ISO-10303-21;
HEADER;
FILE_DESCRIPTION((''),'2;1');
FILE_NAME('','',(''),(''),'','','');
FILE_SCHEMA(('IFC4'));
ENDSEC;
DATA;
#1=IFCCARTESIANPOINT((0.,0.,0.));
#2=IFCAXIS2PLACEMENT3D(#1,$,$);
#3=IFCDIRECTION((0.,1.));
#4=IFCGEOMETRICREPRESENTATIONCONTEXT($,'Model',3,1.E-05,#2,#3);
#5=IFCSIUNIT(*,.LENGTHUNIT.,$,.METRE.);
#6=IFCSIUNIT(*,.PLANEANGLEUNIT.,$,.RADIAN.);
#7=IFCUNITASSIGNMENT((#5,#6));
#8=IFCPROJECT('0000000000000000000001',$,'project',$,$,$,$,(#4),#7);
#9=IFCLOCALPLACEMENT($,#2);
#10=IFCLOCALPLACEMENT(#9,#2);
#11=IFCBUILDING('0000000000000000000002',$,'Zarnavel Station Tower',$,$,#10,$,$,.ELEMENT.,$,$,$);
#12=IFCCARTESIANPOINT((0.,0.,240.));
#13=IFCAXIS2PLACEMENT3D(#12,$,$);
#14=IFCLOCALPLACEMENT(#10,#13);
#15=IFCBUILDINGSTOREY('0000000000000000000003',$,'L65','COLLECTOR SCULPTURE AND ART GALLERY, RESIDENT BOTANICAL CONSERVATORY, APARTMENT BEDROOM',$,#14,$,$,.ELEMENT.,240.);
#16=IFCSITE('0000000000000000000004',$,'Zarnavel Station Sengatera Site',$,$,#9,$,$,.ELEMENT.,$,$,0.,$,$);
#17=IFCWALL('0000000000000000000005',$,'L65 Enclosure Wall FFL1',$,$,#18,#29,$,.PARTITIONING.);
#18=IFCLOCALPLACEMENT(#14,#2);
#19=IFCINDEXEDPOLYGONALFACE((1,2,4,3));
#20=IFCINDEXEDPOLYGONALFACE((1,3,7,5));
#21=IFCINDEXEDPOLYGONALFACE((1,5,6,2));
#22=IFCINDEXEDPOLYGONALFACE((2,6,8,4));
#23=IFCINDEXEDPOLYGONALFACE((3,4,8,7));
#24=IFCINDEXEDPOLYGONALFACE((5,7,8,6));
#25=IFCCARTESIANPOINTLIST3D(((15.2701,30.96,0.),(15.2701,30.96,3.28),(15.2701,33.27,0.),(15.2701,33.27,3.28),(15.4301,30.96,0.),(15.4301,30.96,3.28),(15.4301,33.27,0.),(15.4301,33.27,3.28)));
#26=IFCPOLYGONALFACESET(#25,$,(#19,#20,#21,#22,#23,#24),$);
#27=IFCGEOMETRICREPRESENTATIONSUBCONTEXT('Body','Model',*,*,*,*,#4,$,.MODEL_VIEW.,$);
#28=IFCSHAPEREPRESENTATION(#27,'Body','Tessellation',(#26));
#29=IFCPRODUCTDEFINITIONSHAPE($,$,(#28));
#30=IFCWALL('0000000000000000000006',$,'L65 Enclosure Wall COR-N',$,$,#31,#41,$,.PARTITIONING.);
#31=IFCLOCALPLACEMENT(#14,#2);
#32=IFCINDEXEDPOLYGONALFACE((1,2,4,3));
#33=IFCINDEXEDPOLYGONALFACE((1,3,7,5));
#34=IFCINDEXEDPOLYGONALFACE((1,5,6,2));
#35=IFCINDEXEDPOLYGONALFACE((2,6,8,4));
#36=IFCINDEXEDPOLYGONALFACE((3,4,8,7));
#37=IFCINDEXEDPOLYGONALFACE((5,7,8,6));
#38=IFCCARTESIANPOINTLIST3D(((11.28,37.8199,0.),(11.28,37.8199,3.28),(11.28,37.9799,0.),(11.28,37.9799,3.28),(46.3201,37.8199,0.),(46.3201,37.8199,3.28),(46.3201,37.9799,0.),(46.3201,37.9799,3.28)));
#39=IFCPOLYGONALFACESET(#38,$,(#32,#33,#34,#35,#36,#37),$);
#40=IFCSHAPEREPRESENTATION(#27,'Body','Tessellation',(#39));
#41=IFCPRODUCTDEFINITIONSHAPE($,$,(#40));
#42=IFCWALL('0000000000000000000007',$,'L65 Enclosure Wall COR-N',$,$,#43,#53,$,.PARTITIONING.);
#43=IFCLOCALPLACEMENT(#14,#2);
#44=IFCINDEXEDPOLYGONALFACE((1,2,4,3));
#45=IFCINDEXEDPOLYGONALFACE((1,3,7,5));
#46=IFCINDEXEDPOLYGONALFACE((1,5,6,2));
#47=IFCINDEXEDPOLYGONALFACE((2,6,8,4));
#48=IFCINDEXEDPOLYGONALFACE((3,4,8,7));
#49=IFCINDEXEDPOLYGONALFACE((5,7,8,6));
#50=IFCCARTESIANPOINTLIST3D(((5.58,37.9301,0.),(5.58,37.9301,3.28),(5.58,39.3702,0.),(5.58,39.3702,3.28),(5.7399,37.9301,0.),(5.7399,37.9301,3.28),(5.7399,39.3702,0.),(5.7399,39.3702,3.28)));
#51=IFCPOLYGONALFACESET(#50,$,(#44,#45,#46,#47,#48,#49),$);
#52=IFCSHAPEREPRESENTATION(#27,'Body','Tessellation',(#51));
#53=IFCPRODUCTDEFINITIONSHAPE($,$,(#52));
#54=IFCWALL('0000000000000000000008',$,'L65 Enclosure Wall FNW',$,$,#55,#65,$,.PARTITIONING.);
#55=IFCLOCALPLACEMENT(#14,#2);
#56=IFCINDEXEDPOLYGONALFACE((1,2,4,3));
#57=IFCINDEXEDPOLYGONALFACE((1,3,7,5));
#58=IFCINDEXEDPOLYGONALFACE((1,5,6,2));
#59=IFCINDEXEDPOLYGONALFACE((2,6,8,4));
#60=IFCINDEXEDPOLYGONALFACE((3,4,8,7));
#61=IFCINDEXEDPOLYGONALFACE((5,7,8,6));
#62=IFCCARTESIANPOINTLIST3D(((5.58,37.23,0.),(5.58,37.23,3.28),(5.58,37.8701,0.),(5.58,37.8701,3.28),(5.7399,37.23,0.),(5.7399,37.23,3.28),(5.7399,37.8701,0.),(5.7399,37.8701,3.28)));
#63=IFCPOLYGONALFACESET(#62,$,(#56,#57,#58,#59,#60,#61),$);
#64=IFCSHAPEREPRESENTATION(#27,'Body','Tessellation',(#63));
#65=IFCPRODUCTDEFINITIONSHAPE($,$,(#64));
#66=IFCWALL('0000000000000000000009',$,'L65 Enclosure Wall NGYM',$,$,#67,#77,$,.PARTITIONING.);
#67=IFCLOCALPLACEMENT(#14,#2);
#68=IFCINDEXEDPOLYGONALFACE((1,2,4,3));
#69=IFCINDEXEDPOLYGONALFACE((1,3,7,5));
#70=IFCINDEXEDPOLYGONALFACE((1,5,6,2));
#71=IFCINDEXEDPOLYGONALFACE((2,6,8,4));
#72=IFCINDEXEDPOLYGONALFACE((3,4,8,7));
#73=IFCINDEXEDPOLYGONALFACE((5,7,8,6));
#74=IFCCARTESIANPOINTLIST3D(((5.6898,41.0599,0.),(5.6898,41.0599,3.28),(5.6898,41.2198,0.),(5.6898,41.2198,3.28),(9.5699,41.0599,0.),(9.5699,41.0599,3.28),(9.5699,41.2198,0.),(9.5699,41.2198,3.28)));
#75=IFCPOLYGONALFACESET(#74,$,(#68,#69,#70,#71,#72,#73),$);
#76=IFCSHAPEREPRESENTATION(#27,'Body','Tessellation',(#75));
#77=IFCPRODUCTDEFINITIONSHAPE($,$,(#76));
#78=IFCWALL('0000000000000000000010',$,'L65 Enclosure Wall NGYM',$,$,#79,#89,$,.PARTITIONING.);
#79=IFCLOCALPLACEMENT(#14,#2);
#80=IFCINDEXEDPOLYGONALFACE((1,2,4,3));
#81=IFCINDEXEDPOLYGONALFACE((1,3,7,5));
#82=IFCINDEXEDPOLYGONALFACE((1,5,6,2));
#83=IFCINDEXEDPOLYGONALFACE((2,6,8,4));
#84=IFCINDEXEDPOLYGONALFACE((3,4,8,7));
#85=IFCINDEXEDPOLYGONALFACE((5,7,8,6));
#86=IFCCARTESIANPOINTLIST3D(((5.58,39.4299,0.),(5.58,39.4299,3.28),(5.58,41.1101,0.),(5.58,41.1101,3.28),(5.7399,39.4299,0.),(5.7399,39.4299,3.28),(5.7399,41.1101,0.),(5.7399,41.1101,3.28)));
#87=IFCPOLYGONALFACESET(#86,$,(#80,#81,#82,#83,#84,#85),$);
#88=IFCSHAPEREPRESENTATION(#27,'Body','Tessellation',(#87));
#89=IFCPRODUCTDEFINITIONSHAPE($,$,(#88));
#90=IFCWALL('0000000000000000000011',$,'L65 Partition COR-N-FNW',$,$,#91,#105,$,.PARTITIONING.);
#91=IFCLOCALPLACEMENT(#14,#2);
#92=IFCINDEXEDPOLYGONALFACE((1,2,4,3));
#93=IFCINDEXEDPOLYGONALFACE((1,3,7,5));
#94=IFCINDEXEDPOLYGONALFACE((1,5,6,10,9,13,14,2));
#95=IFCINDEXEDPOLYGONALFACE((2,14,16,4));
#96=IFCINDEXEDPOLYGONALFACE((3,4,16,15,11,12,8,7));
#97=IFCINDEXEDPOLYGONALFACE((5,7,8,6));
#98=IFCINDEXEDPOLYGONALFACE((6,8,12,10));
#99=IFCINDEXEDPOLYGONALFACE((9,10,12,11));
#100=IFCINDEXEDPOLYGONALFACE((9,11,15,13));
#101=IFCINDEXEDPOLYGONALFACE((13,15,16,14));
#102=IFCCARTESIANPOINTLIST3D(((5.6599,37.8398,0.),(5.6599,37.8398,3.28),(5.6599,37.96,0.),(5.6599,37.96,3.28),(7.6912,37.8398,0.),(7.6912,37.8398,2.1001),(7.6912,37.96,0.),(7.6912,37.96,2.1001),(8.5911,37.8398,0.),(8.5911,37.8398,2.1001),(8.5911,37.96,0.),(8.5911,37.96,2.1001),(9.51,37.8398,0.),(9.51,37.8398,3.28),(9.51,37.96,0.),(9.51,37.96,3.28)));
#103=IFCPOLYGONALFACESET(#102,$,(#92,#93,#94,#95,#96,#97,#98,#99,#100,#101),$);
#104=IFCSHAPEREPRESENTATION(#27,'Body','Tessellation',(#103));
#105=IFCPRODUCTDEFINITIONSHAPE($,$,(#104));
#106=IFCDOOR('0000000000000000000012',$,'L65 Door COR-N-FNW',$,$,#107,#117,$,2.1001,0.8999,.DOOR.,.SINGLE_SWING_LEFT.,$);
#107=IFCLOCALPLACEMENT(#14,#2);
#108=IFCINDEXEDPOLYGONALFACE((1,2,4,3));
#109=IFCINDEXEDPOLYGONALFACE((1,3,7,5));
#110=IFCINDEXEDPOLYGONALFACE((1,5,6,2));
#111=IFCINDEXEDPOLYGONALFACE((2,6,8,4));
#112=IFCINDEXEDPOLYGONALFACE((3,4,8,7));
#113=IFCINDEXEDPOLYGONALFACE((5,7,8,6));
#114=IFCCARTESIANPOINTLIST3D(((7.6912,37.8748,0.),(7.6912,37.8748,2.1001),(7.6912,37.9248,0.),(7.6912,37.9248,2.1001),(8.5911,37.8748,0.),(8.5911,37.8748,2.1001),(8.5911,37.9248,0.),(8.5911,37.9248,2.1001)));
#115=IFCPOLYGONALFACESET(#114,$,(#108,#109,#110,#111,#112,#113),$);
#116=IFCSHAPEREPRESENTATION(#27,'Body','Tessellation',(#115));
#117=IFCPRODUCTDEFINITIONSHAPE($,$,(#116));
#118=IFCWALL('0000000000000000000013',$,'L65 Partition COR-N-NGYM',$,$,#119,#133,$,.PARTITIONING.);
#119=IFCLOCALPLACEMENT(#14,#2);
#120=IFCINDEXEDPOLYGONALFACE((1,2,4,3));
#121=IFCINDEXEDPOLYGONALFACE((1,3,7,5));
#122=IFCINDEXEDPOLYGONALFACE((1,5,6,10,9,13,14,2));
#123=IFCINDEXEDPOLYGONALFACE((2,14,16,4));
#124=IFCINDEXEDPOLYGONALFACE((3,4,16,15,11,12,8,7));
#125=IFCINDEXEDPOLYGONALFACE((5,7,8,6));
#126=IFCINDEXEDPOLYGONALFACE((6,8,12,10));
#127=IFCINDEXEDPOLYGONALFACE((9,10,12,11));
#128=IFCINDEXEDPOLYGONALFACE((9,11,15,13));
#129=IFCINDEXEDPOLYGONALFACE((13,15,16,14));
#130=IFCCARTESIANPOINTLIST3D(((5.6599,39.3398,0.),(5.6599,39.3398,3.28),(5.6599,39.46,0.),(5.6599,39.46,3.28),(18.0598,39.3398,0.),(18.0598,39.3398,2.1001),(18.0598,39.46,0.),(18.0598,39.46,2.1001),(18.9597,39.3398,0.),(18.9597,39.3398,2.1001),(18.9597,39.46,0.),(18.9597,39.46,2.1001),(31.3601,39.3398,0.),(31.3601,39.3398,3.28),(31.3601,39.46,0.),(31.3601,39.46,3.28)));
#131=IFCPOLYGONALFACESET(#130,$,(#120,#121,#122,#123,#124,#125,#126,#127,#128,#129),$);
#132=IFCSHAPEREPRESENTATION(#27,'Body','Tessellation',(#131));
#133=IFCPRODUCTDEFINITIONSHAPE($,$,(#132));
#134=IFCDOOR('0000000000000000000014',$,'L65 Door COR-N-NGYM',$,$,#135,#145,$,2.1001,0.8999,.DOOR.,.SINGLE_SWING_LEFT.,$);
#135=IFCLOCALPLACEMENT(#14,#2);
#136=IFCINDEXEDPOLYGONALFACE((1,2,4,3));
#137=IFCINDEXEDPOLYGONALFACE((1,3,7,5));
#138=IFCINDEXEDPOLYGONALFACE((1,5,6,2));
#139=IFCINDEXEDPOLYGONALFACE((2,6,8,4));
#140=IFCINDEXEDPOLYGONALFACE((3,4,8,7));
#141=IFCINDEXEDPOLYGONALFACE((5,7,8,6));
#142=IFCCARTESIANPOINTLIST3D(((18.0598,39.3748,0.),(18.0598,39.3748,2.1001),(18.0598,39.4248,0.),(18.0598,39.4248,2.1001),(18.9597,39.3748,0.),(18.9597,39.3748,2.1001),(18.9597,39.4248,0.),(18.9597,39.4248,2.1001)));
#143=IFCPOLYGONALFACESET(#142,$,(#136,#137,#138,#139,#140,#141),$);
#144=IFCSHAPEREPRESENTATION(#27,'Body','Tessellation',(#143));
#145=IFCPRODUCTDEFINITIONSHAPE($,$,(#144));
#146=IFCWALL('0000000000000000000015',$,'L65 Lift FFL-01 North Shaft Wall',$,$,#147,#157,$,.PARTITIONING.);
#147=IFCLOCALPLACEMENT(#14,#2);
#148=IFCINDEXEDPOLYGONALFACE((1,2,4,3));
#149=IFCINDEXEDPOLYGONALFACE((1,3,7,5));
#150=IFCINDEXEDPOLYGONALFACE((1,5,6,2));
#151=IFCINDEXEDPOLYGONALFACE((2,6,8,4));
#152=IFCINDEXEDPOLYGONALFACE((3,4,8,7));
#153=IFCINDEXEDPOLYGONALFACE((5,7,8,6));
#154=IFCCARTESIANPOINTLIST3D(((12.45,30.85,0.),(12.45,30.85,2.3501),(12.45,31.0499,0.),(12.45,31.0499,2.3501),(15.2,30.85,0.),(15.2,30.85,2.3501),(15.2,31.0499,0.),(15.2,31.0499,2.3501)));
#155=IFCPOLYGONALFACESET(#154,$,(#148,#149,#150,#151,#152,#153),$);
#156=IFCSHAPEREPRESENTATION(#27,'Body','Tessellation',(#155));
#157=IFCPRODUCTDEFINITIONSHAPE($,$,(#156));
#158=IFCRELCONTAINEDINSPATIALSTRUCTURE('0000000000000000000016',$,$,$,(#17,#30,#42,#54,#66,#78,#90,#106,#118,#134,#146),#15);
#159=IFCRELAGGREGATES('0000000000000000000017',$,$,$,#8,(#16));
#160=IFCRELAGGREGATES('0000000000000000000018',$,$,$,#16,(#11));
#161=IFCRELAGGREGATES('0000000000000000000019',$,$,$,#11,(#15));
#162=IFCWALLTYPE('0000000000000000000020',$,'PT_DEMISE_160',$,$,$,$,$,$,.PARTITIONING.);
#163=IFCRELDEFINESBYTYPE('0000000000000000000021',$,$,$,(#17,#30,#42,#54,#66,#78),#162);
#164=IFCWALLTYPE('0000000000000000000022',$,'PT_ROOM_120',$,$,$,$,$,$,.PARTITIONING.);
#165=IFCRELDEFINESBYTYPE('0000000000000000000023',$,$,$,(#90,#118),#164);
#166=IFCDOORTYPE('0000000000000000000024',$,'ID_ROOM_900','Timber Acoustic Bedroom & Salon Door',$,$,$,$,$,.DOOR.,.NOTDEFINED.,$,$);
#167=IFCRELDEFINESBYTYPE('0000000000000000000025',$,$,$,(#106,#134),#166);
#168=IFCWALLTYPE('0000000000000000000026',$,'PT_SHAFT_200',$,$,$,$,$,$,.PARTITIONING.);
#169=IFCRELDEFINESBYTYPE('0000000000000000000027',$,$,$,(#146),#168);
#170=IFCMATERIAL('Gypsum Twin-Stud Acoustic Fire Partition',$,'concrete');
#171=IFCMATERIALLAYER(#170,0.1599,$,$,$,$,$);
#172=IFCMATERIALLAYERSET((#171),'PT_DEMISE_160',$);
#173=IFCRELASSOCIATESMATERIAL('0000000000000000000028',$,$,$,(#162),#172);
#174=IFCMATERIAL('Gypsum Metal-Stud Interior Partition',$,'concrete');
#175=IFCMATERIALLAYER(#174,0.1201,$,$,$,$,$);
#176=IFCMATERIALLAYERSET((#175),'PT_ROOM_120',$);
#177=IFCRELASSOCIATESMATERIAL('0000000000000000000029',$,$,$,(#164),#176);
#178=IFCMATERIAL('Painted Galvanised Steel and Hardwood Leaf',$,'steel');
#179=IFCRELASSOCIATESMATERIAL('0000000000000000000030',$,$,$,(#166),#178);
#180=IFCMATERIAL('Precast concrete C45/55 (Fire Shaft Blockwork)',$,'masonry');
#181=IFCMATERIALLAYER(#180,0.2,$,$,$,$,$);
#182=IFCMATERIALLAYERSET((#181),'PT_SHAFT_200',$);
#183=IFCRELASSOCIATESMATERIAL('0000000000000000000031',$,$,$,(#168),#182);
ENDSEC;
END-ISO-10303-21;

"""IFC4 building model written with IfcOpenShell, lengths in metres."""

from ifc_helpers import new_model, si_unit, direction, frame, frame_2d, origin, place, context, subcontext, project, spatial, rectangle, extrude, material, layer, layer_set, type_object, element, fill, save


model = new_model("IFC4")

# Units and contexts
model_context = context("Model", 3, precision=1e-05, world=origin(), true_north=direction((0.0, 1.0)))
body_context = subcontext(model_context, "Body", "Model", "MODEL_VIEW")
ifc_project = project(units=[si_unit("LENGTHUNIT", "METRE"), si_unit("PLANEANGLEUNIT", "RADIAN")], contexts=[model_context])

# Site, building, storey
site_placement = place(None, origin())
site = spatial("IfcSite", under=ifc_project, at=site_placement, Name="Zarnavel Station Sengatera Site", CompositionType="ELEMENT", RefElevation=0.0)
building_placement = place(site_placement, origin())
building = spatial("IfcBuilding", under=site, at=building_placement, Name="Zarnavel Station Tower", CompositionType="ELEMENT")
storey_placement = place(building_placement, frame((0.0, 0.0, 240.0)))
storey = spatial("IfcBuildingStorey", under=building, at=storey_placement, Name="L65", Description="COLLECTOR SCULPTURE AND ART GALLERY, RESIDENT BOTANICAL CONSERVATORY, APARTMENT BEDROOM", CompositionType="ELEMENT", Elevation=240.0)

# Walls
ifc_material_1 = material(Name="Gypsum Twin-Stud Acoustic Fire Partition", Category="concrete")
ifc_layer_1 = layer(ifc_material_1, 0.1599)
ifc_layer_set_1 = layer_set([ifc_layer_1], Name="PT_DEMISE_160")
wall_type_1 = type_object("IfcWallType", Name="PT_DEMISE_160", PredefinedType="PARTITIONING", material=ifc_layer_set_1)
wall_1_placement = place(storey_placement, frame((15.3501, 30.96, 0.0), z_axis=(0.0, 0.0, 1.0), x_axis=(0.0, 1.0, 0.0)))
element("IfcWall", 1, at=wall_1_placement, inside=storey, type_object=wall_type_1, Name="L65 Enclosure Wall FFL1", PredefinedType="PARTITIONING", context=body_context, shape_type="SweptSolid", body=[
    extrude(rectangle(XDim=2.3101, YDim=0.1599, at=frame_2d((1.155, 0.0))), origin(), (0.0, 0.0, 1.0), 3.28),
])
wall_2_placement = place(storey_placement, frame((11.28, 37.8999, 0.0), z_axis=(0.0, 0.0, 1.0), x_axis=(1.0, 0.0, 0.0)))
element("IfcWall", 2, at=wall_2_placement, inside=storey, type_object=wall_type_1, Name="L65 Enclosure Wall COR-N", PredefinedType="PARTITIONING", context=body_context, shape_type="SweptSolid", body=[
    extrude(rectangle(XDim=35.04, YDim=0.1599, at=frame_2d((17.52, 0.0))), origin(), (0.0, 0.0, 1.0), 3.28),
])
wall_3_placement = place(storey_placement, frame((5.6599, 37.9299, 0.0), z_axis=(0.0, 0.0, 1.0), x_axis=(0.0, 1.0, 0.0)))
element("IfcWall", 3, at=wall_3_placement, inside=storey, type_object=wall_type_1, Name="L65 Enclosure Wall COR-N", PredefinedType="PARTITIONING", context=body_context, shape_type="SweptSolid", body=[
    extrude(rectangle(XDim=1.4402, YDim=0.1599, at=frame_2d((0.7202, 0.0))), origin(), (0.0, 0.0, 1.0), 3.28),
])
wall_4_placement = place(storey_placement, frame((5.6599, 37.23, 0.0), z_axis=(0.0, 0.0, 1.0), x_axis=(0.0, 1.0, 0.0)))
element("IfcWall", 4, at=wall_4_placement, inside=storey, type_object=wall_type_1, Name="L65 Enclosure Wall FNW", PredefinedType="PARTITIONING", context=body_context, shape_type="SweptSolid", body=[
    extrude(rectangle(XDim=0.6401, YDim=0.1599, at=frame_2d((0.3201, 0.0))), origin(), (0.0, 0.0, 1.0), 3.28),
])
wall_5_placement = place(storey_placement, frame((5.6899, 41.1399, 0.0), z_axis=(0.0, 0.0, 1.0), x_axis=(1.0, 0.0, 0.0)))
element("IfcWall", 5, at=wall_5_placement, inside=storey, type_object=wall_type_1, Name="L65 Enclosure Wall NGYM", PredefinedType="PARTITIONING", context=body_context, shape_type="SweptSolid", body=[
    extrude(rectangle(XDim=3.8801, YDim=0.1599, at=frame_2d((1.9399, 0.0))), origin(), (0.0, 0.0, 1.0), 3.28),
])
wall_6_placement = place(storey_placement, frame((5.6599, 39.4299, 0.0), z_axis=(0.0, 0.0, 1.0), x_axis=(0.0, 1.0, 0.0)))
element("IfcWall", 6, at=wall_6_placement, inside=storey, type_object=wall_type_1, Name="L65 Enclosure Wall NGYM", PredefinedType="PARTITIONING", context=body_context, shape_type="SweptSolid", body=[
    extrude(rectangle(XDim=1.6802, YDim=0.1599, at=frame_2d((0.8401, 0.0))), origin(), (0.0, 0.0, 1.0), 3.28),
])

# Walls, openings, doors
ifc_material_2 = material(Name="Gypsum Metal-Stud Interior Partition", Category="concrete")
ifc_layer_2 = layer(ifc_material_2, 0.1201)
ifc_layer_set_2 = layer_set([ifc_layer_2], Name="PT_ROOM_120")
wall_type_2 = type_object("IfcWallType", Name="PT_ROOM_120", PredefinedType="PARTITIONING", material=ifc_layer_set_2)
wall_7_placement = place(storey_placement, frame((5.6599, 37.8999, 0.0), z_axis=(0.0, 0.0, 1.0), x_axis=(1.0, 0.0, 0.0)))
wall_7 = element("IfcWall", 7, at=wall_7_placement, inside=storey, type_object=wall_type_2, Name="L65 Partition COR-N-FNW", PredefinedType="PARTITIONING", context=body_context, shape_type="SweptSolid", body=[
    extrude(rectangle(XDim=3.8501, YDim=0.1201, at=frame_2d((1.925, 0.0))), origin(), (0.0, 0.0, 1.0), 3.28),
])
opening_1_placement = place(wall_7_placement, frame((2.0312, 0.0, 0.0)))
opening_1 = element("IfcOpeningElement", 8, at=opening_1_placement, cuts=wall_7, PredefinedType="OPENING", context=body_context, shape_type="SweptSolid", body=[
    extrude(rectangle(XDim=0.8999, YDim=2.1001, at=frame_2d((0.45, 1.05))), frame((0.0, 0.0701, 0.0), z_axis=(0.0, -1.0, 0.0), x_axis=(1.0, 0.0, 0.0)), (0.0, 0.0, 1.0), 0.1401),
])
ifc_material_3 = material(Name="Painted Galvanised Steel and Hardwood Leaf", Category="steel")
door_type = type_object("IfcDoorType", Name="ID_ROOM_900", Description="Timber Acoustic Bedroom & Salon Door", OperationType="NOTDEFINED", PredefinedType="DOOR", material=ifc_material_3)
door_1_placement = place(opening_1_placement, origin())
door_1 = element("IfcDoor", 9, at=door_1_placement, inside=storey, type_object=door_type, Name="L65 Door COR-N-FNW", OperationType="SINGLE_SWING_LEFT", OverallHeight=2.1001, OverallWidth=0.8999, PredefinedType="DOOR", context=body_context, shape_type="SweptSolid", body=[
    extrude(rectangle(XDim=0.8999, YDim=2.1001, at=frame_2d((0.45, 1.05))), frame((0.0, 0.0249, 0.0), z_axis=(0.0, -1.0, 0.0), x_axis=(1.0, 0.0, 0.0)), (0.0, 0.0, 1.0), 0.05),
])
fill(opening_1, door_1)
wall_8_placement = place(storey_placement, frame((5.6599, 39.3999, 0.0), z_axis=(0.0, 0.0, 1.0), x_axis=(1.0, 0.0, 0.0)))
wall_8 = element("IfcWall", 10, at=wall_8_placement, inside=storey, type_object=wall_type_2, Name="L65 Partition COR-N-NGYM", PredefinedType="PARTITIONING", context=body_context, shape_type="SweptSolid", body=[
    extrude(rectangle(XDim=25.7002, YDim=0.1201, at=frame_2d((12.8501, 0.0))), origin(), (0.0, 0.0, 1.0), 3.28),
])
opening_2_placement = place(wall_8_placement, frame((12.3999, 0.0, 0.0)))
opening_2 = element("IfcOpeningElement", 11, at=opening_2_placement, cuts=wall_8, PredefinedType="OPENING", context=body_context, shape_type="SweptSolid", body=[
    extrude(rectangle(XDim=0.8999, YDim=2.1001, at=frame_2d((0.45, 1.05))), frame((0.0, 0.0701, 0.0), z_axis=(0.0, -1.0, 0.0), x_axis=(1.0, 0.0, 0.0)), (0.0, 0.0, 1.0), 0.1401),
])
door_2_placement = place(opening_2_placement, origin())
door_2 = element("IfcDoor", 12, at=door_2_placement, inside=storey, type_object=door_type, Name="L65 Door COR-N-NGYM", OperationType="SINGLE_SWING_LEFT", OverallHeight=2.1001, OverallWidth=0.8999, PredefinedType="DOOR", context=body_context, shape_type="SweptSolid", body=[
    extrude(rectangle(XDim=0.8999, YDim=2.1001, at=frame_2d((0.45, 1.05))), frame((0.0, 0.0249, 0.0), z_axis=(0.0, -1.0, 0.0), x_axis=(1.0, 0.0, 0.0)), (0.0, 0.0, 1.0), 0.05),
])
fill(opening_2, door_2)

# Wall
ifc_material_4 = material(Name="Precast concrete C45/55 (Fire Shaft Blockwork)", Category="masonry")
ifc_layer_3 = layer(ifc_material_4, 0.2)
ifc_layer_set_3 = layer_set([ifc_layer_3], Name="PT_SHAFT_200")
wall_type_3 = type_object("IfcWallType", Name="PT_SHAFT_200", PredefinedType="PARTITIONING", material=ifc_layer_set_3)
wall_9_placement = place(storey_placement, frame((12.45, 30.95, 0.0), z_axis=(0.0, 0.0, 1.0), x_axis=(1.0, 0.0, 0.0)))
element("IfcWall", 13, at=wall_9_placement, inside=storey, type_object=wall_type_3, Name="L65 Lift FFL-01 North Shaft Wall", PredefinedType="PARTITIONING", context=body_context, shape_type="SweptSolid", body=[
    extrude(rectangle(XDim=2.75, YDim=0.2, at=frame_2d((1.375, 0.0))), origin(), (0.0, 0.0, 1.0), 2.3501),
])

save(model, "model.ifc")
